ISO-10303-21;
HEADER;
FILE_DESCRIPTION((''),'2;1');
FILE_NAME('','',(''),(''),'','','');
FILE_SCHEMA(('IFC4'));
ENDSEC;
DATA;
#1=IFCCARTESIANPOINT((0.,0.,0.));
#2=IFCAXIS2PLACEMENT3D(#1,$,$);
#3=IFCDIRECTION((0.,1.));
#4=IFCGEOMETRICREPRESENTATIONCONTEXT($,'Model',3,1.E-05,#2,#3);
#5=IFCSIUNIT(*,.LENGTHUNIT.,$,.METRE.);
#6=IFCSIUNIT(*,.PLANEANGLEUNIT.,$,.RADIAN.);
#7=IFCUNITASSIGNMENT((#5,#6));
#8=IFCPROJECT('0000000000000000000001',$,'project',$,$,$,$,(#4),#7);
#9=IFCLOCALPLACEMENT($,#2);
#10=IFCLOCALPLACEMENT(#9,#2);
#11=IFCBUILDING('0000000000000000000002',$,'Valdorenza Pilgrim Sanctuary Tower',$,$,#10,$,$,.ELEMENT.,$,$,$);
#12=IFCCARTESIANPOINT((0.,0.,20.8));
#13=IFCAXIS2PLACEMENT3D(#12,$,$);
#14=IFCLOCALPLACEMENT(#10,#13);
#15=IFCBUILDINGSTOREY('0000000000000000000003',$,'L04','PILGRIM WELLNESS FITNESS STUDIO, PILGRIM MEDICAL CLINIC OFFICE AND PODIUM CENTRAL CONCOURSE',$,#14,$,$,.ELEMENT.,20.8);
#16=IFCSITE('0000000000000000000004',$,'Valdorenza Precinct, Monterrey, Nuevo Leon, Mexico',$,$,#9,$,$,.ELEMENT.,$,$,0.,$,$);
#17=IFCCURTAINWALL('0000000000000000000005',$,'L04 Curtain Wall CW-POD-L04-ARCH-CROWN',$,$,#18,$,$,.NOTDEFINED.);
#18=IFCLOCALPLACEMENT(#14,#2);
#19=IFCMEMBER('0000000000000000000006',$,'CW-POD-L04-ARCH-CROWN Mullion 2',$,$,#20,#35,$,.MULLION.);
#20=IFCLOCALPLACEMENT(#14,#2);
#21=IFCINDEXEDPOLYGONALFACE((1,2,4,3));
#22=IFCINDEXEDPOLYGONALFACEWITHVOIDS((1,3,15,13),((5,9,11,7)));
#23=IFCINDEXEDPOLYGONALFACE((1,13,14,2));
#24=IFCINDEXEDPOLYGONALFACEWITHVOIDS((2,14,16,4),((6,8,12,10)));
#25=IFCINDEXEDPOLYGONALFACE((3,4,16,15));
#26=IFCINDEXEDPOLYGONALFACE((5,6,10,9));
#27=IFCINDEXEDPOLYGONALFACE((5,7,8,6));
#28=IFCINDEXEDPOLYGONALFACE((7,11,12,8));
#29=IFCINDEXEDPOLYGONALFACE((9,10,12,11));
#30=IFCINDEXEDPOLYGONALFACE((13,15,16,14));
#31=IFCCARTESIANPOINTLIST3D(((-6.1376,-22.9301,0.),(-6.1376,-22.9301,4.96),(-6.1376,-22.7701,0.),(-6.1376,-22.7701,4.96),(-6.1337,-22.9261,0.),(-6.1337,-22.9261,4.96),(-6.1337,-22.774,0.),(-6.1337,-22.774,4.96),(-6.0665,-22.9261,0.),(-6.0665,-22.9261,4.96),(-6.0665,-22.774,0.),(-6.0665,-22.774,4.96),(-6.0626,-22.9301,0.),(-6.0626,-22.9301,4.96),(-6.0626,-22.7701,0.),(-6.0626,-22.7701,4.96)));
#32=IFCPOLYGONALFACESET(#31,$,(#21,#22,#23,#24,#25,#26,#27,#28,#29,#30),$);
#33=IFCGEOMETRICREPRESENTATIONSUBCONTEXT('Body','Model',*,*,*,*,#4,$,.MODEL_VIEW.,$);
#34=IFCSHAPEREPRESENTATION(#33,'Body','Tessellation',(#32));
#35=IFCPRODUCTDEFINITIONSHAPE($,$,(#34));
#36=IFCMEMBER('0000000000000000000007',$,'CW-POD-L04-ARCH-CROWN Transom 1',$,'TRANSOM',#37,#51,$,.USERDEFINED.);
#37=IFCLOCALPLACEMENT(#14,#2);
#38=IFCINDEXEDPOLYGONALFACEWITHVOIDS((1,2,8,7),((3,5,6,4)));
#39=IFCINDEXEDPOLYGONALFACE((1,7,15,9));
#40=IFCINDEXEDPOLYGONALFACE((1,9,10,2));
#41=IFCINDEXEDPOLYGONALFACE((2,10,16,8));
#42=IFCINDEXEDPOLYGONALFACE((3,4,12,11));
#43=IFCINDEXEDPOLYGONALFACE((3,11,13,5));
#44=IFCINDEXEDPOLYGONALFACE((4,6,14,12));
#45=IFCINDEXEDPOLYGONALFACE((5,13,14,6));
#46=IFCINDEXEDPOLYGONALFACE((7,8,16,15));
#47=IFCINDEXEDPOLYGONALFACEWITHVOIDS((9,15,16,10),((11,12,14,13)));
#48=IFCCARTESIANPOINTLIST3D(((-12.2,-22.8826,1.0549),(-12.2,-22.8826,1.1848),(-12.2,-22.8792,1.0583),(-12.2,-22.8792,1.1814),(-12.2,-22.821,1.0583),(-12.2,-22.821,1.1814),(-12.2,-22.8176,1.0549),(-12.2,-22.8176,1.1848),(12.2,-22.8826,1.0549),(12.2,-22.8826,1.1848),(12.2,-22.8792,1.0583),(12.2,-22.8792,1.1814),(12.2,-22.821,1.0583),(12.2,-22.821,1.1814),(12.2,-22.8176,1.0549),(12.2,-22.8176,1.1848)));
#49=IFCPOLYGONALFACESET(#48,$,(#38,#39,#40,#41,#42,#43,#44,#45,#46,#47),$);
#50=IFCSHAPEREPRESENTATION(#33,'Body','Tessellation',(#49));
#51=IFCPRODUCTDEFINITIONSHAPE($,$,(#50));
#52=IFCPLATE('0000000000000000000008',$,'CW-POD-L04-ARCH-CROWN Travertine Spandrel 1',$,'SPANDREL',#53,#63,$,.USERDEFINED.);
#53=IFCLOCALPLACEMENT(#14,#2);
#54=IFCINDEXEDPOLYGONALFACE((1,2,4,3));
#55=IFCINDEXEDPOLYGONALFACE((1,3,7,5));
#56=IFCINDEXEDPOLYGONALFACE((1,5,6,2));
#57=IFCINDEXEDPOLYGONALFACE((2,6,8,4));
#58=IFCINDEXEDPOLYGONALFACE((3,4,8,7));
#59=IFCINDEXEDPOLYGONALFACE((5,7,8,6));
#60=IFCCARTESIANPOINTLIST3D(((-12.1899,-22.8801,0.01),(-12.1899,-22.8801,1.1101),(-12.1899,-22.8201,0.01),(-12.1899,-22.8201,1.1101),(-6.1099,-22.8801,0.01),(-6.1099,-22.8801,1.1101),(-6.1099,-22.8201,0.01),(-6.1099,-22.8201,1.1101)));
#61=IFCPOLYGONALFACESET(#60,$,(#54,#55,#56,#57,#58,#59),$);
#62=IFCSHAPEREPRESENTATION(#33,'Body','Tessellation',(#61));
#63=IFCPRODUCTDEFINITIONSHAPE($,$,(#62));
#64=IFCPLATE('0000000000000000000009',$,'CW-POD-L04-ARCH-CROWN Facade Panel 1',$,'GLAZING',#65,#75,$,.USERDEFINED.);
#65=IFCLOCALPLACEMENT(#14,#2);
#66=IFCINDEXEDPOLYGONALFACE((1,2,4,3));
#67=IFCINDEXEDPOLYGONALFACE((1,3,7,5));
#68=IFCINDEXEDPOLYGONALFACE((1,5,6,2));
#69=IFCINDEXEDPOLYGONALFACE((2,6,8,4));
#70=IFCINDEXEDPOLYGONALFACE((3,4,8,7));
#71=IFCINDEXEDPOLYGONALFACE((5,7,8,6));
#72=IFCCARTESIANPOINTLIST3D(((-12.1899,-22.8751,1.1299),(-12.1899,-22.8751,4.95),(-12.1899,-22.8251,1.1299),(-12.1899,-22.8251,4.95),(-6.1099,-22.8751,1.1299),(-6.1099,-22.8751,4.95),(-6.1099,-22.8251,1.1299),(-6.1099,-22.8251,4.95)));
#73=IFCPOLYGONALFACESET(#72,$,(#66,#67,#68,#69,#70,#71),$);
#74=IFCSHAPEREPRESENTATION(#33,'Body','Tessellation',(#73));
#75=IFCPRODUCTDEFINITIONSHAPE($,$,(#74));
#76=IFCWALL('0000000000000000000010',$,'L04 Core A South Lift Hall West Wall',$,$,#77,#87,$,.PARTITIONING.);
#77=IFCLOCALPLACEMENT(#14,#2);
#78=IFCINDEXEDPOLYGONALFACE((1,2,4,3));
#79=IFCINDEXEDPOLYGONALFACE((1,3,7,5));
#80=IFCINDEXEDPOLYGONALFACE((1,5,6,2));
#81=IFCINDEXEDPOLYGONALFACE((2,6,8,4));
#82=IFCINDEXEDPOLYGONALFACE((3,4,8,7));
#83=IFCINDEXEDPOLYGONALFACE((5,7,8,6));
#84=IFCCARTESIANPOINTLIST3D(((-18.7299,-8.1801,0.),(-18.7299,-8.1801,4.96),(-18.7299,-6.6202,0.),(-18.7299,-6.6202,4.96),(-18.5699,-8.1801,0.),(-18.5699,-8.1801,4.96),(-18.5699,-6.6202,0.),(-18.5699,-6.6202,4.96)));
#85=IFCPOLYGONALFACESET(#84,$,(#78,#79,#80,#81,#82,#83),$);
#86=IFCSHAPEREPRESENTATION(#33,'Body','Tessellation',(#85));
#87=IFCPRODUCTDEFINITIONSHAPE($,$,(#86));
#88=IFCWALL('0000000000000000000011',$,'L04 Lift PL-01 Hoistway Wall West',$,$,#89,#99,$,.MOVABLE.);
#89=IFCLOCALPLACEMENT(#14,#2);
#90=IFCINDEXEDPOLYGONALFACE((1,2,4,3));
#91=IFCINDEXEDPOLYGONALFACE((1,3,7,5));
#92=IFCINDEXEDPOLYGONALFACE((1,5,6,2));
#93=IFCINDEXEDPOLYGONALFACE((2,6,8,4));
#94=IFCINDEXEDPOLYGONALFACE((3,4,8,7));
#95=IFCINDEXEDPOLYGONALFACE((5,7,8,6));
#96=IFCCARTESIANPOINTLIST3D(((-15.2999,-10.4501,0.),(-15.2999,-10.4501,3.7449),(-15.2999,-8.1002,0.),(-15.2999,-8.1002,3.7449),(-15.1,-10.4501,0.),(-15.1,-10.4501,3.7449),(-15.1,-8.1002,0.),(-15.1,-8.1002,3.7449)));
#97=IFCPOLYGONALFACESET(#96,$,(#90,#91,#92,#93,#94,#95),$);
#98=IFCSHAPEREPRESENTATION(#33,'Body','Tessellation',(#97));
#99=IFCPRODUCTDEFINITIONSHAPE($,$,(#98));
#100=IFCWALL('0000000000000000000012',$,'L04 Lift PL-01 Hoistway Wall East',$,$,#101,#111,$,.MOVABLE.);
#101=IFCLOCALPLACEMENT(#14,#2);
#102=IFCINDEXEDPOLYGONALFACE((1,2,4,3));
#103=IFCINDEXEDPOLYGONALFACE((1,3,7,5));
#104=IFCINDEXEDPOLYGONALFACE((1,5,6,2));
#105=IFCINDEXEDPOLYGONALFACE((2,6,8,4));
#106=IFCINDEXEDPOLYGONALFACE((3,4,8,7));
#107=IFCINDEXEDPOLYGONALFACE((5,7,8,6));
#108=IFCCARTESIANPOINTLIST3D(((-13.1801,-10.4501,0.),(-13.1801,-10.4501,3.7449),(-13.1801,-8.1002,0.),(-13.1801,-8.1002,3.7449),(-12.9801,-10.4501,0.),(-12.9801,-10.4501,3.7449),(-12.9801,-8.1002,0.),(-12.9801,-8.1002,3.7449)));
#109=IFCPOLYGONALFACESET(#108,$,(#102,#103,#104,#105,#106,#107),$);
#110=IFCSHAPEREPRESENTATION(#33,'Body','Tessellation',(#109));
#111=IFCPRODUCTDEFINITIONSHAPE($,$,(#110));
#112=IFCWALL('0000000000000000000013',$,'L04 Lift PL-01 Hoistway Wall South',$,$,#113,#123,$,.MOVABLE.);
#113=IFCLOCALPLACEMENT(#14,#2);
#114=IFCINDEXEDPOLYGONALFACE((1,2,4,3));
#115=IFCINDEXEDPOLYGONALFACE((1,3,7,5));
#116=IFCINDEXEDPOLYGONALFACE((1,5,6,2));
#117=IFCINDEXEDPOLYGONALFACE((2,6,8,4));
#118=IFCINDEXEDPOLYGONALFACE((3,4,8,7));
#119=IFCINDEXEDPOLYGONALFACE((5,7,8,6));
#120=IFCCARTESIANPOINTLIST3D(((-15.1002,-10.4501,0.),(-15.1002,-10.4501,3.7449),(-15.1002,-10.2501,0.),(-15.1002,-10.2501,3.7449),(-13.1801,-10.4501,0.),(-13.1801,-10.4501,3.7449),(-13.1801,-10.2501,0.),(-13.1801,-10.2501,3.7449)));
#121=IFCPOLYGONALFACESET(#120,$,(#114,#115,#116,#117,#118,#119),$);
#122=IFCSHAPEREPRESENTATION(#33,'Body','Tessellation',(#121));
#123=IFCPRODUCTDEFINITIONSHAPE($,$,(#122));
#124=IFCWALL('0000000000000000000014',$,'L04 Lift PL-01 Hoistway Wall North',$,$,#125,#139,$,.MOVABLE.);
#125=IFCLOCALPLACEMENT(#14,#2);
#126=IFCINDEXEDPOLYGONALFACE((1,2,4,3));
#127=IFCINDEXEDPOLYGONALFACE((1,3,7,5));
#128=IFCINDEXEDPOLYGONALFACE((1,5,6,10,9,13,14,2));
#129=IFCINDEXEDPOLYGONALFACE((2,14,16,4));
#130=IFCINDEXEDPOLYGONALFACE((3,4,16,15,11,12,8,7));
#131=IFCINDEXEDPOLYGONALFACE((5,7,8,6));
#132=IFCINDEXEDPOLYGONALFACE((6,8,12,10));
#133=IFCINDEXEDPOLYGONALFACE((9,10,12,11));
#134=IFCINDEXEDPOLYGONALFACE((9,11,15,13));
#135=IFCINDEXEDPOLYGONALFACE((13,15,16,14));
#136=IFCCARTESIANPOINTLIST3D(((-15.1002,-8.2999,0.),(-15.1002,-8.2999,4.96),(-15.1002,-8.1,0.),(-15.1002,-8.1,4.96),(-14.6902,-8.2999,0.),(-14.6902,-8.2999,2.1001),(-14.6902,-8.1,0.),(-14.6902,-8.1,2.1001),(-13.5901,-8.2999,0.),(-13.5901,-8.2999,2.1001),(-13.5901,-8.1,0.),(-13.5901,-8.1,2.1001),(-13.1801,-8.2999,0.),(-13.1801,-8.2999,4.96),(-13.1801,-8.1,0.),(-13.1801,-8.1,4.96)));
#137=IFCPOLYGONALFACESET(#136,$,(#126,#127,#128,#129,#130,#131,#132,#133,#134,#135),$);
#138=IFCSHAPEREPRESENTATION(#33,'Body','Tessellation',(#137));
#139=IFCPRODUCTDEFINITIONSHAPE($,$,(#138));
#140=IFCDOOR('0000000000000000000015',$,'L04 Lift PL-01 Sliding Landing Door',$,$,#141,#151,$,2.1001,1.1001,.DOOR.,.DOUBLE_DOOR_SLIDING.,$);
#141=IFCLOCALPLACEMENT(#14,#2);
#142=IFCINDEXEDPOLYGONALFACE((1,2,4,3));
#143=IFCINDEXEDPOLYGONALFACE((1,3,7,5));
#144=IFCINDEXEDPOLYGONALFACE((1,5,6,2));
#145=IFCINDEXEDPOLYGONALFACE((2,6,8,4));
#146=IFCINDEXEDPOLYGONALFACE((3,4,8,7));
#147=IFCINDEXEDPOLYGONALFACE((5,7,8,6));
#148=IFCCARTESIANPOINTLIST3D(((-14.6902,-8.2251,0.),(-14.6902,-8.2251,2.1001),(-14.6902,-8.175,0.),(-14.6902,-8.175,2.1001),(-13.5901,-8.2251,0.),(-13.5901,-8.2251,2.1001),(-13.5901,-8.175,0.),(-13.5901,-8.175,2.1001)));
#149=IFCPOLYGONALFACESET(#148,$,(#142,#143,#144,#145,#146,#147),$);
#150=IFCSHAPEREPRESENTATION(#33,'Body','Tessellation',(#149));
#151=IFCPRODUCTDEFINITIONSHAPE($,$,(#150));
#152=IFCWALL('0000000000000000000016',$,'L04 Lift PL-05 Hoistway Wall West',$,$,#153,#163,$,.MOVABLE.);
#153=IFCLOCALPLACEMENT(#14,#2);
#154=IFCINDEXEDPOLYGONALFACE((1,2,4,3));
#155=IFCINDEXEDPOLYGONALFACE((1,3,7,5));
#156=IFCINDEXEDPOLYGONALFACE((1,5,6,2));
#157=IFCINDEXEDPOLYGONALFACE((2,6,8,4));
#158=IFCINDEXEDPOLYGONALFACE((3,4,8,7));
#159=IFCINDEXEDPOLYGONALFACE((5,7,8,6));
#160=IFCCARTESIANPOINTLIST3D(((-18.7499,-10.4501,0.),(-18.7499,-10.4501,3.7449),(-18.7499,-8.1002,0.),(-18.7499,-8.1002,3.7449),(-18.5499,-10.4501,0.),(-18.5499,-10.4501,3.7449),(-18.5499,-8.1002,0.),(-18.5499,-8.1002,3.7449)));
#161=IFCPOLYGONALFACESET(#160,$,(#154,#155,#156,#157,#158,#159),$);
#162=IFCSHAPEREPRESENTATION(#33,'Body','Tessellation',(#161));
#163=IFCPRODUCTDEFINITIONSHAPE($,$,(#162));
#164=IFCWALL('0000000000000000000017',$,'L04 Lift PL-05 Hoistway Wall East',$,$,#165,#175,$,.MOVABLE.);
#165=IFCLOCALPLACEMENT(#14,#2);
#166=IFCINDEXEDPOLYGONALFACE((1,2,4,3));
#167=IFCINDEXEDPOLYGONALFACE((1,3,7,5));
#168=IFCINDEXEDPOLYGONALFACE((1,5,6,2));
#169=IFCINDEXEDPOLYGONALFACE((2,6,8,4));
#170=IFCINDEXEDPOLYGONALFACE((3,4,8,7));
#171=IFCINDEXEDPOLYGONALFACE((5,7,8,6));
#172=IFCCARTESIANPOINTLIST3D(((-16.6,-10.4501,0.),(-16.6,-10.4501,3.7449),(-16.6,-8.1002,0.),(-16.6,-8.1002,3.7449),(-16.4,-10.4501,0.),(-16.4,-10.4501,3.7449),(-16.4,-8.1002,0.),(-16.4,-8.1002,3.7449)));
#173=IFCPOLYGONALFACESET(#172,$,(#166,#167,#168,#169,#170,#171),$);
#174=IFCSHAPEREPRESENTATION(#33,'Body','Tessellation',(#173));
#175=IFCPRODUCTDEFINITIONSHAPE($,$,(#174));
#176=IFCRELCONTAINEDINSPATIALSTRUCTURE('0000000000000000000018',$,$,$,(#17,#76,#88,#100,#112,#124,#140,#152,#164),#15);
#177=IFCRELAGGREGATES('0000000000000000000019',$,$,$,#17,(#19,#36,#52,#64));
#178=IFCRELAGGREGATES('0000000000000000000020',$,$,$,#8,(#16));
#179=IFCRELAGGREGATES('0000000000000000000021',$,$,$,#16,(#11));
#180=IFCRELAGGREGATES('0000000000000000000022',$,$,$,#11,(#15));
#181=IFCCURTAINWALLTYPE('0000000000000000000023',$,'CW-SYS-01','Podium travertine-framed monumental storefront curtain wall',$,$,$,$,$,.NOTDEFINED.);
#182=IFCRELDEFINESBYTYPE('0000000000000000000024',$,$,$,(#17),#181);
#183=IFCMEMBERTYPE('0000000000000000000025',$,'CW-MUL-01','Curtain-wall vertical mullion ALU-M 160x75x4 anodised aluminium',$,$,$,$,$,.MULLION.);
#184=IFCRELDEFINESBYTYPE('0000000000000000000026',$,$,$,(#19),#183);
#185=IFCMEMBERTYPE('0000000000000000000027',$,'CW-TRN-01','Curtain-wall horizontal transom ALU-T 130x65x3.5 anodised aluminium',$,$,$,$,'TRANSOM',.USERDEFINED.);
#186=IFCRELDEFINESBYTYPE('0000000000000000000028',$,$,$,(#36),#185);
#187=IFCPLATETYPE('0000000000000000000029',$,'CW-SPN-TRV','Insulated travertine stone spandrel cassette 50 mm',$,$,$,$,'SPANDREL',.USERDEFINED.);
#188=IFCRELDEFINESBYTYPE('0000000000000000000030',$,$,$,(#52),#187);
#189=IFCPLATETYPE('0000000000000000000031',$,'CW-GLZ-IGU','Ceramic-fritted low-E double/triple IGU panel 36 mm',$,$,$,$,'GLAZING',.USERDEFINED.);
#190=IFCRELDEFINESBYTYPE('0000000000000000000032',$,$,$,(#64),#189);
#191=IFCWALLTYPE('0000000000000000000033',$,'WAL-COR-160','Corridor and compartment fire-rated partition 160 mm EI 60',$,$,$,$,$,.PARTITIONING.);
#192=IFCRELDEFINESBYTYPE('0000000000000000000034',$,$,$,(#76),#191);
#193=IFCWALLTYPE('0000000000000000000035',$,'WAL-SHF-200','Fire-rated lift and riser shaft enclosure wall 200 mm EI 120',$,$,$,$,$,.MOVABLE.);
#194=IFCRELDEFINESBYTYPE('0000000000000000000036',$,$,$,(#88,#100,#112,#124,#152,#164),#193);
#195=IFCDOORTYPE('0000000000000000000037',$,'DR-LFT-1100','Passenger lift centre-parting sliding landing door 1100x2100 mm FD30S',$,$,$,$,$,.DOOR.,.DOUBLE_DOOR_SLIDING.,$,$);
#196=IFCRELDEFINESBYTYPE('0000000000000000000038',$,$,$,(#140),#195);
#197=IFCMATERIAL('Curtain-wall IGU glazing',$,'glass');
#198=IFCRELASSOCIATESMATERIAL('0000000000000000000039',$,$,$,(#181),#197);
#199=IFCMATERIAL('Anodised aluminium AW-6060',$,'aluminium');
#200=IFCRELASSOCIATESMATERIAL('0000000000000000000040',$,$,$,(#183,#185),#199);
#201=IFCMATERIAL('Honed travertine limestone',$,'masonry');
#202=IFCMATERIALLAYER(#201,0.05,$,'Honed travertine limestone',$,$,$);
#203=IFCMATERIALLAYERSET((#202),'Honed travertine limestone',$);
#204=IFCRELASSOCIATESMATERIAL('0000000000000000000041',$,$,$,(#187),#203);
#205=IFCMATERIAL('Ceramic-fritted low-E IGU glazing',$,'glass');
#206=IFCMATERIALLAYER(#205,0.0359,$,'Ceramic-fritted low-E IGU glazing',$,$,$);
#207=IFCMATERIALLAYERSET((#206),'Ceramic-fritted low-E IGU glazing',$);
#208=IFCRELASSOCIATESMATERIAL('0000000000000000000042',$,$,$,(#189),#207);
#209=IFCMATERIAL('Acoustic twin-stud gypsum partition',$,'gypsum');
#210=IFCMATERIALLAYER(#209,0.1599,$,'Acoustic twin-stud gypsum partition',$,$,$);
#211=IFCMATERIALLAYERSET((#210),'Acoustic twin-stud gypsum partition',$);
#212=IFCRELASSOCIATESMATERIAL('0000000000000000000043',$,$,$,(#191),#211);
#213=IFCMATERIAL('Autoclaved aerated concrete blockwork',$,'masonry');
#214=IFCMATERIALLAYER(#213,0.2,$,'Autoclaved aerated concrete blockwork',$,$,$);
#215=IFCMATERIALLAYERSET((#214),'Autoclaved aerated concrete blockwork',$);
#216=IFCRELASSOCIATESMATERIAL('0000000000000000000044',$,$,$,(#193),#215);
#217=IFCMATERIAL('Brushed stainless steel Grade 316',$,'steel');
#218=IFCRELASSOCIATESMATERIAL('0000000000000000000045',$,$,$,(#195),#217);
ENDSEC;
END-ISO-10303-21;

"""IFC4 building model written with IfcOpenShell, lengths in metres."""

from ifc_helpers import new_model, si_unit, direction, frame, frame_2d, origin, origin_2d, place, context, subcontext, project, spatial, rectangle, hollow_rectangle, extrude, source, transform, mapped, material, layer, layer_set, material_profile, profile_set, type_object, element, fill, aggregate, save


model = new_model("IFC4")

# Units and contexts
model_context = context("Model", 3, precision=1e-05, world=origin(), true_north=direction((0.0, 1.0)))
body_context = subcontext(model_context, "Body", "Model", "MODEL_VIEW")
ifc_project = project(units=[si_unit("LENGTHUNIT", "METRE"), si_unit("PLANEANGLEUNIT", "RADIAN")], contexts=[model_context])

# Site, building, storey
site_placement = place(None, origin())
site = spatial("IfcSite", under=ifc_project, at=site_placement, Name="Valdorenza Precinct, Monterrey, Nuevo Leon, Mexico", CompositionType="ELEMENT", RefElevation=0.0)
building_placement = place(site_placement, origin())
building = spatial("IfcBuilding", under=site, at=building_placement, Name="Valdorenza Pilgrim Sanctuary Tower", CompositionType="ELEMENT")
storey_placement = place(building_placement, frame((0.0, 0.0, 20.8)))
storey = spatial("IfcBuildingStorey", under=building, at=storey_placement, Name="L04", Description="PILGRIM WELLNESS FITNESS STUDIO, PILGRIM MEDICAL CLINIC OFFICE AND PODIUM CENTRAL CONCOURSE", CompositionType="ELEMENT", Elevation=20.8)

# Curtain wall, members, plates
ifc_material_1 = material(Name="Curtain-wall IGU glazing", Category="glass")
curtain_wall_type = type_object("IfcCurtainWallType", Name="CW-SYS-01", Description="Podium travertine-framed monumental storefront curtain wall", PredefinedType="NOTDEFINED", material=ifc_material_1)
curtain_wall_placement = place(storey_placement, origin())
curtain_wall = element("IfcCurtainWall", 1, at=curtain_wall_placement, inside=storey, type_object=curtain_wall_type, Name="L04 Curtain Wall CW-POD-L04-ARCH-CROWN", PredefinedType="NOTDEFINED")
ifc_material_2 = material(Name="Anodised aluminium AW-6060", Category="aluminium")
ifc_material_profile_1 = material_profile(ifc_material_2, hollow_rectangle(XDim=0.075, YDim=0.1599, WallThickness=0.0039, at=origin_2d()), Name="ALU-M 160x75x4")
ifc_profile_set_1 = profile_set([ifc_material_profile_1], Name="Anodised aluminium AW-6060")
member_type_1 = type_object("IfcMemberType", Name="CW-MUL-01", Description="Curtain-wall vertical mullion ALU-M 160x75x4 anodised aluminium", PredefinedType="MULLION", material=ifc_profile_set_1)
shared_shape_1 = source(origin(), body_context, "Body", "SweptSolid", [
    extrude(hollow_rectangle(XDim=0.075, YDim=0.1599, WallThickness=0.0039, at=origin_2d()), origin(), (0.0, 0.0, 1.0), 4.96),
])
member_1_placement = place(storey_placement, frame((-6.1001, -22.8501, 0.0), z_axis=(0.0, 0.0, 1.0), x_axis=(1.0, 0.0, 0.0)))
member_1 = element("IfcMember", 2, at=member_1_placement, type_object=member_type_1, Name="CW-POD-L04-ARCH-CROWN Mullion 2", PredefinedType="MULLION", context=body_context, shape_type="MappedRepresentation", body=[
    mapped(shared_shape_1, transform((0.0, 0.0, 0.0), x_axis=(1.0, 0.0, 0.0), y_axis=(0.0, 1.0, 0.0), z_axis=(0.0, 0.0, 1.0), scale=1.0)),
])
ifc_material_profile_2 = material_profile(ifc_material_2, hollow_rectangle(XDim=0.0649, YDim=0.1299, WallThickness=0.0034, at=origin_2d()), Name="ALU-T 130x65x3.5")
ifc_profile_set_2 = profile_set([ifc_material_profile_2], Name="Anodised aluminium AW-6060")
member_type_2 = type_object("IfcMemberType", Name="CW-TRN-01", Description="Curtain-wall horizontal transom ALU-T 130x65x3.5 anodised aluminium", ElementType="TRANSOM", PredefinedType="USERDEFINED", material=ifc_profile_set_2)
shared_shape_2 = source(origin(), body_context, "Body", "SweptSolid", [
    extrude(hollow_rectangle(XDim=0.0649, YDim=0.1299, WallThickness=0.0034, at=origin_2d()), origin(), (0.0, 0.0, 1.0), 24.3999),
])
member_2_placement = place(storey_placement, frame((-12.2, -22.8501, 1.1199), z_axis=(1.0, 0.0, 0.0), x_axis=(0.0, 1.0, 0.0)))
member_2 = element("IfcMember", 3, at=member_2_placement, type_object=member_type_2, Name="CW-POD-L04-ARCH-CROWN Transom 1", ObjectType="TRANSOM", PredefinedType="USERDEFINED", context=body_context, shape_type="MappedRepresentation", body=[
    mapped(shared_shape_2, transform((0.0, 0.0, 0.0), x_axis=(1.0, 0.0, 0.0), y_axis=(0.0, 1.0, 0.0), z_axis=(0.0, 0.0, 1.0), scale=1.0)),
])
ifc_material_3 = material(Name="Honed travertine limestone", Category="masonry")
ifc_layer_1 = layer(ifc_material_3, 0.05, Name="Honed travertine limestone")
ifc_layer_set_1 = layer_set([ifc_layer_1], Name="Honed travertine limestone")
plate_type_1 = type_object("IfcPlateType", Name="CW-SPN-TRV", Description="Insulated travertine stone spandrel cassette 50 mm", ElementType="SPANDREL", PredefinedType="USERDEFINED", material=ifc_layer_set_1)
shared_shape_3 = source(origin(), body_context, "Body", "SweptSolid", [
    extrude(rectangle(XDim=6.0801, YDim=0.0601, at=origin_2d()), origin(), (0.0, 0.0, 1.0), 1.1001),
])
plate_1_placement = place(storey_placement, frame((-9.1499, -22.8501, 0.01), z_axis=(0.0, 0.0, 1.0), x_axis=(1.0, 0.0, 0.0)))
plate_1 = element("IfcPlate", 4, at=plate_1_placement, type_object=plate_type_1, Name="CW-POD-L04-ARCH-CROWN Travertine Spandrel 1", ObjectType="SPANDREL", PredefinedType="USERDEFINED", context=body_context, shape_type="MappedRepresentation", body=[
    mapped(shared_shape_3, transform((0.0, 0.0, 0.0), x_axis=(1.0, 0.0, 0.0), y_axis=(0.0, 1.0, 0.0), z_axis=(0.0, 0.0, 1.0), scale=1.0)),
])
ifc_material_4 = material(Name="Ceramic-fritted low-E IGU glazing", Category="glass")
ifc_layer_2 = layer(ifc_material_4, 0.0359, Name="Ceramic-fritted low-E IGU glazing")
ifc_layer_set_2 = layer_set([ifc_layer_2], Name="Ceramic-fritted low-E IGU glazing")
plate_type_2 = type_object("IfcPlateType", Name="CW-GLZ-IGU", Description="Ceramic-fritted low-E double/triple IGU panel 36 mm", ElementType="GLAZING", PredefinedType="USERDEFINED", material=ifc_layer_set_2)
shared_shape_4 = source(origin(), body_context, "Body", "SweptSolid", [
    extrude(rectangle(XDim=6.0801, YDim=0.05, at=origin_2d()), origin(), (0.0, 0.0, 1.0), 3.8201),
])
plate_2_placement = place(storey_placement, frame((-9.1499, -22.8501, 1.1299), z_axis=(0.0, 0.0, 1.0), x_axis=(1.0, 0.0, 0.0)))
plate_2 = element("IfcPlate", 5, at=plate_2_placement, type_object=plate_type_2, Name="CW-POD-L04-ARCH-CROWN Facade Panel 1", ObjectType="GLAZING", PredefinedType="USERDEFINED", context=body_context, shape_type="MappedRepresentation", body=[
    mapped(shared_shape_4, transform((0.0, 0.0, 0.0), x_axis=(1.0, 0.0, 0.0), y_axis=(0.0, 1.0, 0.0), z_axis=(0.0, 0.0, 1.0), scale=1.0)),
])
aggregate(curtain_wall, [member_1, member_2, plate_1, plate_2])

# Walls
ifc_material_5 = material(Name="Acoustic twin-stud gypsum partition", Category="gypsum")
ifc_layer_3 = layer(ifc_material_5, 0.1599, Name="Acoustic twin-stud gypsum partition")
ifc_layer_set_3 = layer_set([ifc_layer_3], Name="Acoustic twin-stud gypsum partition")
wall_type_1 = type_object("IfcWallType", Name="WAL-COR-160", Description="Corridor and compartment fire-rated partition 160 mm EI 60", PredefinedType="PARTITIONING", material=ifc_layer_set_3)
wall_1_placement = place(storey_placement, frame((-18.6499, -8.1799, 0.0), z_axis=(0.0, 0.0, 1.0), x_axis=(0.0, 1.0, 0.0)))
element("IfcWall", 6, at=wall_1_placement, inside=storey, type_object=wall_type_1, Name="L04 Core A South Lift Hall West Wall", PredefinedType="PARTITIONING", context=body_context, shape_type="SweptSolid", body=[
    extrude(rectangle(XDim=1.5598, YDim=0.1599, at=frame_2d((0.7798, 0.0))), origin(), (0.0, 0.0, 1.0), 4.96),
])
ifc_material_6 = material(Name="Autoclaved aerated concrete blockwork", Category="masonry")
ifc_layer_4 = layer(ifc_material_6, 0.2, Name="Autoclaved aerated concrete blockwork")
ifc_layer_set_4 = layer_set([ifc_layer_4], Name="Autoclaved aerated concrete blockwork")
wall_type_2 = type_object("IfcWallType", Name="WAL-SHF-200", Description="Fire-rated lift and riser shaft enclosure wall 200 mm EI 120", PredefinedType="MOVABLE", material=ifc_layer_set_4)
for number, where, z_axis, x_axis, name in (
    (7, (-15.2, -10.45, 0.0), (0.0, 0.0, 1.0), (0.0, 1.0, 0.0), "L04 Lift PL-01 Hoistway Wall West"),
    (8, (-13.0801, -10.45, 0.0), (0.0, 0.0, 1.0), (0.0, 1.0, 0.0), "L04 Lift PL-01 Hoistway Wall East"),
):
    element("IfcWall", number, at=place(storey_placement, frame(where, z_axis=z_axis, x_axis=x_axis)), inside=storey, type_object=wall_type_2, Name=name, PredefinedType="MOVABLE", context=body_context, shape_type="SweptSolid", body=[
        extrude(rectangle(XDim=2.3499, YDim=0.2, at=frame_2d((1.1748, 0.0))), origin(), (0.0, 0.0, 1.0), 3.7449),
    ])
wall_2_placement = place(storey_placement, frame((-15.1001, -10.3501, 0.0), z_axis=(0.0, 0.0, 1.0), x_axis=(1.0, 0.0, 0.0)))
element("IfcWall", 9, at=wall_2_placement, inside=storey, type_object=wall_type_2, Name="L04 Lift PL-01 Hoistway Wall South", PredefinedType="MOVABLE", context=body_context, shape_type="SweptSolid", body=[
    extrude(rectangle(XDim=1.9202, YDim=0.2, at=frame_2d((0.96, 0.0))), origin(), (0.0, 0.0, 1.0), 3.7449),
])

# Wall, opening, door
wall_3_placement = place(storey_placement, frame((-15.1001, -8.2, 0.0), z_axis=(0.0, 0.0, 1.0), x_axis=(1.0, 0.0, 0.0)))
wall_3 = element("IfcWall", 10, at=wall_3_placement, inside=storey, type_object=wall_type_2, Name="L04 Lift PL-01 Hoistway Wall North", PredefinedType="MOVABLE", context=body_context, shape_type="SweptSolid", body=[
    extrude(rectangle(XDim=1.9202, YDim=0.2, at=frame_2d((0.96, 0.0))), origin(), (0.0, 0.0, 1.0), 4.96),
])
opening_placement = place(wall_3_placement, frame((0.4099, 0.0, 0.0)))
opening = element("IfcOpeningElement", 11, at=opening_placement, cuts=wall_3, PredefinedType="OPENING", context=body_context, shape_type="SweptSolid", body=[
    extrude(rectangle(XDim=1.1001, YDim=2.1001, at=frame_2d((0.55, 1.05))), frame((0.0, 0.1147, 0.0), z_axis=(0.0, -1.0, 0.0), x_axis=(1.0, 0.0, 0.0)), (0.0, 0.0, 1.0), 0.2297),
])
ifc_material_7 = material(Name="Brushed stainless steel Grade 316", Category="steel")
door_type = type_object("IfcDoorType", Name="DR-LFT-1100", Description="Passenger lift centre-parting sliding landing door 1100x2100 mm FD30S", OperationType="DOUBLE_DOOR_SLIDING", PredefinedType="DOOR", material=ifc_material_7)
door_placement = place(opening_placement, origin())
door = element("IfcDoor", 12, at=door_placement, inside=storey, type_object=door_type, Name="L04 Lift PL-01 Sliding Landing Door", OperationType="DOUBLE_DOOR_SLIDING", OverallHeight=2.1001, OverallWidth=1.1001, PredefinedType="DOOR", context=body_context, shape_type="SweptSolid", body=[
    extrude(rectangle(XDim=1.1001, YDim=2.1001, at=frame_2d((0.55, 1.05))), frame((0.0, 0.0249, 0.0), z_axis=(0.0, -1.0, 0.0), x_axis=(1.0, 0.0, 0.0)), (0.0, 0.0, 1.0), 0.05),
])
fill(opening, door)

# Walls
for number, where, z_axis, x_axis, name in (
    (13, (-18.6499, -10.45, 0.0), (0.0, 0.0, 1.0), (0.0, 1.0, 0.0), "L04 Lift PL-05 Hoistway Wall West"),
    (14, (-16.5, -10.45, 0.0), (0.0, 0.0, 1.0), (0.0, 1.0, 0.0), "L04 Lift PL-05 Hoistway Wall East"),
):
    element("IfcWall", number, at=place(storey_placement, frame(where, z_axis=z_axis, x_axis=x_axis)), inside=storey, type_object=wall_type_2, Name=name, PredefinedType="MOVABLE", context=body_context, shape_type="SweptSolid", body=[
        extrude(rectangle(XDim=2.3499, YDim=0.2, at=frame_2d((1.1748, 0.0))), origin(), (0.0, 0.0, 1.0), 3.7449),
    ])

save(model, "model.ifc")
